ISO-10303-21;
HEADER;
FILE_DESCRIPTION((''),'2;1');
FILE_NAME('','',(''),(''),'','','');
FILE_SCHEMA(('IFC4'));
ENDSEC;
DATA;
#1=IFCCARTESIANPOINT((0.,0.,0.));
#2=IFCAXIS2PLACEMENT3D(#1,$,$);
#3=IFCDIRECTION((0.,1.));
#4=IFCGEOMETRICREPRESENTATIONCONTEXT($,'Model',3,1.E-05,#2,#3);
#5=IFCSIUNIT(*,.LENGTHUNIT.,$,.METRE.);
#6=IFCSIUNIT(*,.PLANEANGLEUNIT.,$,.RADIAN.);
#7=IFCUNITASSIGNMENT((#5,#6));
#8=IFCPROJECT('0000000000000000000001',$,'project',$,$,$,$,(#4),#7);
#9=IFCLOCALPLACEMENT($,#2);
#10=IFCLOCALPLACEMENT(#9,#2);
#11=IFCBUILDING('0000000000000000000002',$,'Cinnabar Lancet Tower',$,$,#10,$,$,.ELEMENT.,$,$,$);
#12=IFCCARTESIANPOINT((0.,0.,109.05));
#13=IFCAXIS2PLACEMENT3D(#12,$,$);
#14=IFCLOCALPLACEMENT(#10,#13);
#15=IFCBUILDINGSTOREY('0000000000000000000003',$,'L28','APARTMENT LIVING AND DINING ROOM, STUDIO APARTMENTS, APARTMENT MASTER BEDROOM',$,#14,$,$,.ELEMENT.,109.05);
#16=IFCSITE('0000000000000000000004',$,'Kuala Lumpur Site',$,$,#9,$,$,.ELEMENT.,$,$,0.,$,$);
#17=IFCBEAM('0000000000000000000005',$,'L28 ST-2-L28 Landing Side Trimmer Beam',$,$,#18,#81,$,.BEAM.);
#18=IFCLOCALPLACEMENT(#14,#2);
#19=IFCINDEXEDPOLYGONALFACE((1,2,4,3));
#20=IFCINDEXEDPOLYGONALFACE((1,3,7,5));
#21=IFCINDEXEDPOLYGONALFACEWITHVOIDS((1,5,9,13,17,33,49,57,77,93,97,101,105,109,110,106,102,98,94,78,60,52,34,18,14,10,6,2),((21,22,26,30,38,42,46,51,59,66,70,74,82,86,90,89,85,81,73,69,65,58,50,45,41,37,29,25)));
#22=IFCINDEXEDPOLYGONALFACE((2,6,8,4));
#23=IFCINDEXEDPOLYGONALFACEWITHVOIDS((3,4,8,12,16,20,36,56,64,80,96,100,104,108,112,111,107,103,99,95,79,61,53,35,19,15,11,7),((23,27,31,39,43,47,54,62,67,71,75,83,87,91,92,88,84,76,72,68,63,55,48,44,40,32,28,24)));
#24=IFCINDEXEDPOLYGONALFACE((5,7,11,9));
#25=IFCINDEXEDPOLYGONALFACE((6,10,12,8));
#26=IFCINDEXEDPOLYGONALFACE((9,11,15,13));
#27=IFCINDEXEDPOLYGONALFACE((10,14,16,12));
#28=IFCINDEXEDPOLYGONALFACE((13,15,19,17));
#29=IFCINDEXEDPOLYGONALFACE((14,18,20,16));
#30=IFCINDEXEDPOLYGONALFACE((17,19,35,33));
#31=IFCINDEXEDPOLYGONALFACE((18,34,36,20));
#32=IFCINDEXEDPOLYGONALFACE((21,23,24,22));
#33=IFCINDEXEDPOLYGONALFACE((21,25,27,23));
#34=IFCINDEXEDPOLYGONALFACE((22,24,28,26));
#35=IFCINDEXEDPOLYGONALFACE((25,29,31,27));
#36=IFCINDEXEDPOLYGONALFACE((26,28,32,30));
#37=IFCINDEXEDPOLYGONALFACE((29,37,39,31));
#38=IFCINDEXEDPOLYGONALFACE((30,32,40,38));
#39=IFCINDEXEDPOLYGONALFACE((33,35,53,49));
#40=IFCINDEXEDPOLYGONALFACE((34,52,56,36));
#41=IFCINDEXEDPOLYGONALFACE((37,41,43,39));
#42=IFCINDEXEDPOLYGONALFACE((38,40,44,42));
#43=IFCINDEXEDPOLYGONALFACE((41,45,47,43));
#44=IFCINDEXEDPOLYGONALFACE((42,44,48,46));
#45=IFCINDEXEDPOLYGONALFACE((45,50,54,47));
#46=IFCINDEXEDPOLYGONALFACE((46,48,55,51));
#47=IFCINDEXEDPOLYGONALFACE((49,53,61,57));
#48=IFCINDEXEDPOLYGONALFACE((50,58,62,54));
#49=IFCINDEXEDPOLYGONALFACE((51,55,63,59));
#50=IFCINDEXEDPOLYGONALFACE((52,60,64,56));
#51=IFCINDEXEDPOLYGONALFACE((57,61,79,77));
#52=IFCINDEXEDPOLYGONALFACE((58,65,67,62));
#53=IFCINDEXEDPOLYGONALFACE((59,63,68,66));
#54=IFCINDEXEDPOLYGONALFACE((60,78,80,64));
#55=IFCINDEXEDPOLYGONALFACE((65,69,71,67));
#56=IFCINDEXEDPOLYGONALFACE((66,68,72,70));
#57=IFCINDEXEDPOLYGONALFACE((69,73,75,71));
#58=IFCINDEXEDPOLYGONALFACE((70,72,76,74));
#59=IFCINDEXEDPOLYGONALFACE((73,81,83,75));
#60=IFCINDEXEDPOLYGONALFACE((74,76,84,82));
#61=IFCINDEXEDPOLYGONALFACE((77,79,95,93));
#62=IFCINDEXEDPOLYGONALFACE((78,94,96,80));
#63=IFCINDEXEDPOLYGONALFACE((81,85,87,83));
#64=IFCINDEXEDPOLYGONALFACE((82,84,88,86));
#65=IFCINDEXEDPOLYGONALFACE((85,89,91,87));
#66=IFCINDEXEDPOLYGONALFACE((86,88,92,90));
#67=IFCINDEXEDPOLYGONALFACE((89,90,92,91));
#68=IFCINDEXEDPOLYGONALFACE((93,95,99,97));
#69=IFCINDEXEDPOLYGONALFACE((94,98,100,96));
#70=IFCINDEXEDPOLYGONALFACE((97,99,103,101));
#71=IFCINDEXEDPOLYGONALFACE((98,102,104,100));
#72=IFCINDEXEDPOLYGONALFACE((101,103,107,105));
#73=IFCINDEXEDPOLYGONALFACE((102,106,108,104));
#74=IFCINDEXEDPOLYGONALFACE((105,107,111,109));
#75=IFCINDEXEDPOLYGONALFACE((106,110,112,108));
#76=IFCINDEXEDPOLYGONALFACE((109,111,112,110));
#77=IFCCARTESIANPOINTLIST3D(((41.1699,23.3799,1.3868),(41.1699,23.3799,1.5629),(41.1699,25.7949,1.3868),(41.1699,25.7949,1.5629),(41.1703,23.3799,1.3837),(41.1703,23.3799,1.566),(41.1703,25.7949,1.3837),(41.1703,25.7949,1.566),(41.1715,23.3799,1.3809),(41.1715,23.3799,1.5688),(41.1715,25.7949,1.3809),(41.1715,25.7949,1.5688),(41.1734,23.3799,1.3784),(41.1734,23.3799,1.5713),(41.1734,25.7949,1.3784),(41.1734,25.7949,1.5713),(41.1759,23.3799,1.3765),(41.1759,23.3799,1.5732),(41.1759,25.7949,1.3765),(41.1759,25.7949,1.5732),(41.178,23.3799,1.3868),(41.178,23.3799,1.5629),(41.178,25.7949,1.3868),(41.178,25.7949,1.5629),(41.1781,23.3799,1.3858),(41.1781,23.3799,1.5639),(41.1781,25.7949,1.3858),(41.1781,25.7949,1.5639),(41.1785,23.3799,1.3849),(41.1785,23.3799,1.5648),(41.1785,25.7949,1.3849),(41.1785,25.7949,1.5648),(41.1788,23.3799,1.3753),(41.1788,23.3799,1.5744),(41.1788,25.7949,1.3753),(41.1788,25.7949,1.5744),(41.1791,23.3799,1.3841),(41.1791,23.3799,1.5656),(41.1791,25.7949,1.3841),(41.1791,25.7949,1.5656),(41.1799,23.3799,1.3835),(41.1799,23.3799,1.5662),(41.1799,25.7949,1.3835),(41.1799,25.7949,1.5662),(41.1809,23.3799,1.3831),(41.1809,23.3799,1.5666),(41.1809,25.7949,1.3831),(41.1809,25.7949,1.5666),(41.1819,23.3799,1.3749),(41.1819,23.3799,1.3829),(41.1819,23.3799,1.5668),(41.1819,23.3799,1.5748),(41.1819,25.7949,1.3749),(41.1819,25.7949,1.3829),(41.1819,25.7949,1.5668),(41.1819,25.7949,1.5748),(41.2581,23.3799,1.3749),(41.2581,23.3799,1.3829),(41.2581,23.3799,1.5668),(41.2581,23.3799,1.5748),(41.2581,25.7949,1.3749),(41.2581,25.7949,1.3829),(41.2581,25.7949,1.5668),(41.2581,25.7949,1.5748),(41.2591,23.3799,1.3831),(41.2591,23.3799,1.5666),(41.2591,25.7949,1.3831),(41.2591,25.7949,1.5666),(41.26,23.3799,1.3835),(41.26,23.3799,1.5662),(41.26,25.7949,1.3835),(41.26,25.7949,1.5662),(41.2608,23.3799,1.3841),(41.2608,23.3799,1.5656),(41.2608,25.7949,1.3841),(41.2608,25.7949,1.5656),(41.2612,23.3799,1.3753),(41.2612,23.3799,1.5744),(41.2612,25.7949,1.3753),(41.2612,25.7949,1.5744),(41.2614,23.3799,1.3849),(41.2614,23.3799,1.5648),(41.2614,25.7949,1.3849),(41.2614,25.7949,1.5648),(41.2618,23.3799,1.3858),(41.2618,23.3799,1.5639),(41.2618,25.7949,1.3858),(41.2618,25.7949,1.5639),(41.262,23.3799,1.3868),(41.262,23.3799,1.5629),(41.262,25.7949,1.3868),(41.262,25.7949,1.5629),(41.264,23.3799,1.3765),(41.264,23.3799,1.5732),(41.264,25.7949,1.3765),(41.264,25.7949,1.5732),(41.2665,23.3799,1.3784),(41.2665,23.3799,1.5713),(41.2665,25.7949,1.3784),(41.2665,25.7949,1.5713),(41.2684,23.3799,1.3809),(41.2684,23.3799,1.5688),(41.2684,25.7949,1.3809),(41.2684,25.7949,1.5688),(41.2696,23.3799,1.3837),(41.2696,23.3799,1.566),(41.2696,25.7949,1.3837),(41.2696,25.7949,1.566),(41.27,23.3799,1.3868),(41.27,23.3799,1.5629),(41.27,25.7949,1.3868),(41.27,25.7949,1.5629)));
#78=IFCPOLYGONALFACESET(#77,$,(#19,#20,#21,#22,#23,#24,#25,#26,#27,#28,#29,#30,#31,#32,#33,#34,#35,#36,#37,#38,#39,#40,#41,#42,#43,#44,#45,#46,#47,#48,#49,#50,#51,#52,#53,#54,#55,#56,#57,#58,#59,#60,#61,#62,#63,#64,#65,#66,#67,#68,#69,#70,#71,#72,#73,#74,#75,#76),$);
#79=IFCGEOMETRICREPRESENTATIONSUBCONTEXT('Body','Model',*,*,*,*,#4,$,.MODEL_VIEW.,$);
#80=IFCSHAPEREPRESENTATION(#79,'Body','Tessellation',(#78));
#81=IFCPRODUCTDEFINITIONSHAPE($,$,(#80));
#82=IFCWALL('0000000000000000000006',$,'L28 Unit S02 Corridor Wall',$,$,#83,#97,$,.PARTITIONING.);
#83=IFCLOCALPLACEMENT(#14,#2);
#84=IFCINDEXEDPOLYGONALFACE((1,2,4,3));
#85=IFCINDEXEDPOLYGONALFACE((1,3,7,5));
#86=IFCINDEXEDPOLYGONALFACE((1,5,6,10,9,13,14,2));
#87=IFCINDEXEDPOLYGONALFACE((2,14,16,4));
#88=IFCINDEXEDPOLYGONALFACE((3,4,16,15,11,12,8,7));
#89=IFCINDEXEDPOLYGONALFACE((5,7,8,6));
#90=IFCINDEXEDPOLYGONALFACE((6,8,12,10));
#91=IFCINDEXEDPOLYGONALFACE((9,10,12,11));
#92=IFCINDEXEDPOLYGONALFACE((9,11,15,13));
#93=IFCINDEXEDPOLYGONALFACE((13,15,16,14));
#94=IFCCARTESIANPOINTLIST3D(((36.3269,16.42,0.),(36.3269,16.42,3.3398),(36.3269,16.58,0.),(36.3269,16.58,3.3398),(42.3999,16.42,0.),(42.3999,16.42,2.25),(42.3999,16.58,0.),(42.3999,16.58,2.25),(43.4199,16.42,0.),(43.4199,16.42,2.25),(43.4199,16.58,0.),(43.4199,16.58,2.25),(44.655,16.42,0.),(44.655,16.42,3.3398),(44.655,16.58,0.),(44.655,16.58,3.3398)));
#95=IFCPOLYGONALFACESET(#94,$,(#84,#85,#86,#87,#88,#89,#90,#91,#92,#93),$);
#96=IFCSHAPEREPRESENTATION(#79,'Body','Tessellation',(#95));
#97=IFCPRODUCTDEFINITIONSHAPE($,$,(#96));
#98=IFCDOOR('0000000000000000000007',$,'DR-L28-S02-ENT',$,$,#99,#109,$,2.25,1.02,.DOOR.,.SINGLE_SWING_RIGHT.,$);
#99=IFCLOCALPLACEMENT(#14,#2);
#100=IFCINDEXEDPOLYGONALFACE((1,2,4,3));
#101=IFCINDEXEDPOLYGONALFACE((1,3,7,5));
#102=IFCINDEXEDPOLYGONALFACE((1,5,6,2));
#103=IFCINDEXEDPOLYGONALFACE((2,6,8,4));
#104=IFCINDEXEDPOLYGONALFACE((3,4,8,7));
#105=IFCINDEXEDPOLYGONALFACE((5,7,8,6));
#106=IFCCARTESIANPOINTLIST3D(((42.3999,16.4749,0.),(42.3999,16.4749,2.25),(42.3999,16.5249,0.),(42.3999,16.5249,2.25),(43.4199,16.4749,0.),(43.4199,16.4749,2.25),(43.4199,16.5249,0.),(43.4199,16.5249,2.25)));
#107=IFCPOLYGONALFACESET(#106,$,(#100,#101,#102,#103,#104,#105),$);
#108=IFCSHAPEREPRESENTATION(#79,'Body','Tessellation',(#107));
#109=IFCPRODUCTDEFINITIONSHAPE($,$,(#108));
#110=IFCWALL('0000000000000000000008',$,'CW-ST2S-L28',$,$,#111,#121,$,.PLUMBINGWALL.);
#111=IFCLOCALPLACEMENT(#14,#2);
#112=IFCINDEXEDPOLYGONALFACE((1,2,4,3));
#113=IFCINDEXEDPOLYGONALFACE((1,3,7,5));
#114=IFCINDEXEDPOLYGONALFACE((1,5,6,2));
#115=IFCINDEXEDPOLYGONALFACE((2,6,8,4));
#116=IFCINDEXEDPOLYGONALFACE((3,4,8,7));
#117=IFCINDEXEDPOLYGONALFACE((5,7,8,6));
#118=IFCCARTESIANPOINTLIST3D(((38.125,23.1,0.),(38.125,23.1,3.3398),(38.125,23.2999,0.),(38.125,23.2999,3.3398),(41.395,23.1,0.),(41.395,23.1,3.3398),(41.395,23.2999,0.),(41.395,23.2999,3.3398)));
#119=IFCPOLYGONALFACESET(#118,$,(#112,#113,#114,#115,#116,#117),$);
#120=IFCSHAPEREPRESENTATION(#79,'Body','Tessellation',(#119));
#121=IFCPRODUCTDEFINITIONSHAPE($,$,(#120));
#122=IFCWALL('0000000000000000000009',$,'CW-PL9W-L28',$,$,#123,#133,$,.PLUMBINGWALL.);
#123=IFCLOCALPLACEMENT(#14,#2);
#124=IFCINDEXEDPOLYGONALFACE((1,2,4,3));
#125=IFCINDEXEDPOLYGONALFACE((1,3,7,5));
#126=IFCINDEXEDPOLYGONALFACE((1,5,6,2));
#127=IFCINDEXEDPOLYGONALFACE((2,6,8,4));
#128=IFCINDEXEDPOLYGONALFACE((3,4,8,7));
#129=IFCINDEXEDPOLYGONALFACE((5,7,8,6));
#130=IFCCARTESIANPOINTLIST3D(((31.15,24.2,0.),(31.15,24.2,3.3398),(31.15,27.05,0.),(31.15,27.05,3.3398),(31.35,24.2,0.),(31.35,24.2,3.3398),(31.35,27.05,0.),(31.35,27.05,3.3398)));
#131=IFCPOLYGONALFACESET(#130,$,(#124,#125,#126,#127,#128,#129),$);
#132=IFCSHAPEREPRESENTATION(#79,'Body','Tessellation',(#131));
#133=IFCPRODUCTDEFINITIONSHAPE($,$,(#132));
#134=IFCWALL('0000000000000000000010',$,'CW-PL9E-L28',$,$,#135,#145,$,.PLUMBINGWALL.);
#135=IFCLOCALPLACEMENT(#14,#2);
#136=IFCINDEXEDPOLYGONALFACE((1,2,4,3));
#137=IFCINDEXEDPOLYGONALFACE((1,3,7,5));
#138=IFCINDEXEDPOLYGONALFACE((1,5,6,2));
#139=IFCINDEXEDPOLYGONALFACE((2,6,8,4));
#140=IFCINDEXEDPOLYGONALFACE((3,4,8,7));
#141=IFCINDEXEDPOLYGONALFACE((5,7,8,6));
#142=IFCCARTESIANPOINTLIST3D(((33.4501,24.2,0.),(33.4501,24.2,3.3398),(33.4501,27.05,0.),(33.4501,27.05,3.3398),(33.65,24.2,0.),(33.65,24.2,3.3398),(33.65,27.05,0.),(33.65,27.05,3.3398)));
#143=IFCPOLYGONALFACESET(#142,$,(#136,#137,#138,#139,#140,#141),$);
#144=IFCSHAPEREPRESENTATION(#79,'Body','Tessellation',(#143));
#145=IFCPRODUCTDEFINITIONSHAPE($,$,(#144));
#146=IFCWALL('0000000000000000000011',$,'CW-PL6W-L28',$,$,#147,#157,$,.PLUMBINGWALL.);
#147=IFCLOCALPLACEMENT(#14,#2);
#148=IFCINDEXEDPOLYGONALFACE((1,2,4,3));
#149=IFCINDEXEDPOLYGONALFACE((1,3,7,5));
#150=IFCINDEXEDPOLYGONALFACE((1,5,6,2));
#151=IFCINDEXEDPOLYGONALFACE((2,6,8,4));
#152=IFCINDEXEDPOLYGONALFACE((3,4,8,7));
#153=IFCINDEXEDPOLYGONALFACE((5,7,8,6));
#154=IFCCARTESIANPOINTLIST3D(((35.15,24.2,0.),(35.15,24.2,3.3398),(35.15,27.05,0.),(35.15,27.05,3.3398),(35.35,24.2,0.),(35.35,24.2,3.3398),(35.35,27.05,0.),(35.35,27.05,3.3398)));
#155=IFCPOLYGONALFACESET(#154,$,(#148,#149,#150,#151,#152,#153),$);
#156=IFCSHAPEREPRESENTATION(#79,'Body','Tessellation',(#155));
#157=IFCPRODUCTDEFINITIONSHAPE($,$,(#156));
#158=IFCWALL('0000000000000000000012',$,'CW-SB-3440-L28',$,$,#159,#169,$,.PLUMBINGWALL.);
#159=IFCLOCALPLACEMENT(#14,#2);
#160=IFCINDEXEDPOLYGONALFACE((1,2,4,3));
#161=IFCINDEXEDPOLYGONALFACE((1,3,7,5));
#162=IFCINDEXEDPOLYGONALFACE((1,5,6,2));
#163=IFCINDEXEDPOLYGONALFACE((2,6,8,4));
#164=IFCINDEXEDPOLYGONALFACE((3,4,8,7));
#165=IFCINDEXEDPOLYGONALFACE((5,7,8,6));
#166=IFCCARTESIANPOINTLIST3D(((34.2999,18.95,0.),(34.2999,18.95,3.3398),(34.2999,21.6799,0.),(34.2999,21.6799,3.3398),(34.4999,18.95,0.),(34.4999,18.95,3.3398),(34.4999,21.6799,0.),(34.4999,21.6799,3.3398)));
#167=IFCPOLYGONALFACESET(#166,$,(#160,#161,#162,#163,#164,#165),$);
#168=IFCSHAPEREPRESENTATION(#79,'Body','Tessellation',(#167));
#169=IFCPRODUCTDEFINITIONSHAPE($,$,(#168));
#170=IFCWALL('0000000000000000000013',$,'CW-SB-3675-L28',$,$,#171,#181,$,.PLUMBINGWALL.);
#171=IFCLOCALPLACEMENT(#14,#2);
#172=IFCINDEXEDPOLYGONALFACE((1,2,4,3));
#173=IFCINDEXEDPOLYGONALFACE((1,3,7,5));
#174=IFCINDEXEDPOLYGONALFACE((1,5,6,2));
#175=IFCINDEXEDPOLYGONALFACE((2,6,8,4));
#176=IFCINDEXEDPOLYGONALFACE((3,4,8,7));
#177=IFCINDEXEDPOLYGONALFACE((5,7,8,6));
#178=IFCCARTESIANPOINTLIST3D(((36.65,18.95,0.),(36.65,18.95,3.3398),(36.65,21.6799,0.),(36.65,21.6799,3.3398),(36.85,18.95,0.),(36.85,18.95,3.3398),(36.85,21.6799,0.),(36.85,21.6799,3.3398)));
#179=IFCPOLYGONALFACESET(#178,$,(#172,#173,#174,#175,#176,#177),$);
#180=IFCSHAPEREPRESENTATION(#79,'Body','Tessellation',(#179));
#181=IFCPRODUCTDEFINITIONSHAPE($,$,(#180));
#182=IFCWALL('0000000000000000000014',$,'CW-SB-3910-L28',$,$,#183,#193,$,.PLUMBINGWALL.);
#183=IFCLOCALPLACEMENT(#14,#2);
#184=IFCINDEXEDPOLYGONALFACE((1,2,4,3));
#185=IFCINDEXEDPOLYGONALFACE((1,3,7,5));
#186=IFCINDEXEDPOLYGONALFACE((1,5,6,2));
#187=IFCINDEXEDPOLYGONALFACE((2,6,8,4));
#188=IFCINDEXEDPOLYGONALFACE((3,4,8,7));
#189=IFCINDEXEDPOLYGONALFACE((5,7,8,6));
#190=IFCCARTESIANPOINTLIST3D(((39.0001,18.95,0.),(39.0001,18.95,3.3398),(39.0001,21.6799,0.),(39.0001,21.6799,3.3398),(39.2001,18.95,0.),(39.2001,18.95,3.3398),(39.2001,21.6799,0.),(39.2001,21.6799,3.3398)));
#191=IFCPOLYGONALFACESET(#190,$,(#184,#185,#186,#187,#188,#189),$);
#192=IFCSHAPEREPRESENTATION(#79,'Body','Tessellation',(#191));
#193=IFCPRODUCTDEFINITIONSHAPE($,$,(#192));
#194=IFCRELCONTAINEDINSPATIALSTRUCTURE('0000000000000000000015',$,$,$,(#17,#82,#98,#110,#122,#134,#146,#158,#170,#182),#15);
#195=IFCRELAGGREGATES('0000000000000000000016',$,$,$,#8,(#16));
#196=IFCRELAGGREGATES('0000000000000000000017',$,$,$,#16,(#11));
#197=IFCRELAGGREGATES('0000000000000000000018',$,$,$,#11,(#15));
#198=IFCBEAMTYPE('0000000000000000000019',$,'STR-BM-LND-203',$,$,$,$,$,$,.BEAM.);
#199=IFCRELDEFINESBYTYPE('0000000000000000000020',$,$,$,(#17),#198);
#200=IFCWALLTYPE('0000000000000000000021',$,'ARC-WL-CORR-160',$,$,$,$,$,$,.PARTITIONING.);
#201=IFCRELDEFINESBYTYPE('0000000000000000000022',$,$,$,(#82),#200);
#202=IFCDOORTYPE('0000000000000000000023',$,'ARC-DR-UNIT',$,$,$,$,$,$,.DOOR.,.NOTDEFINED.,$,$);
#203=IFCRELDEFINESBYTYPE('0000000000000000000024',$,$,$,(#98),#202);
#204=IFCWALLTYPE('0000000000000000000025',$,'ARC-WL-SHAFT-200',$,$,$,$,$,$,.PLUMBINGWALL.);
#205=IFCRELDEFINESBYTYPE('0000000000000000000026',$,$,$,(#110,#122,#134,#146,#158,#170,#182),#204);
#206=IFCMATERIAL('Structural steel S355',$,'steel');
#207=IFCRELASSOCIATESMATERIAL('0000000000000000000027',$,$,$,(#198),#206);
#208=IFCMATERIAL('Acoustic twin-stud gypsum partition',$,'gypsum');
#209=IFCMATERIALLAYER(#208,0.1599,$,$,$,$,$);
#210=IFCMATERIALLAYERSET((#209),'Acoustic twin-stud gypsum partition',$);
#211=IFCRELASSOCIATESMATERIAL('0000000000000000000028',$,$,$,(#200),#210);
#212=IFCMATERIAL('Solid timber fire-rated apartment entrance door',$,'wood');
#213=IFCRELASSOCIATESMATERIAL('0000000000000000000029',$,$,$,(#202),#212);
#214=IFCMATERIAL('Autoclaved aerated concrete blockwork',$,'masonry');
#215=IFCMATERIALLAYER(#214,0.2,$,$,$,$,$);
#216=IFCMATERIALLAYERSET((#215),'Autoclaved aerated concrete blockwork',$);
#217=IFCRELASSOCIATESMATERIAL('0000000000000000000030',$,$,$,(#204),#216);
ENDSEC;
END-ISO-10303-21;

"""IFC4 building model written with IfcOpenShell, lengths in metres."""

from ifc_helpers import new_model, si_unit, direction, frame, frame_2d, origin, origin_2d, place, context, subcontext, project, spatial, rectangle, hollow_rectangle, extrude, material, layer, layer_set, material_profile, profile_set, type_object, element, fill, save


model = new_model("IFC4")

# Units and contexts
model_context = context("Model", 3, precision=1e-05, world=origin(), true_north=direction((0.0, 1.0)))
body_context = subcontext(model_context, "Body", "Model", "MODEL_VIEW")
ifc_project = project(units=[si_unit("LENGTHUNIT", "METRE"), si_unit("PLANEANGLEUNIT", "RADIAN")], contexts=[model_context])

# Site, building, storey
site_placement = place(None, origin())
site = spatial("IfcSite", under=ifc_project, at=site_placement, Name="Kuala Lumpur Site", CompositionType="ELEMENT", RefElevation=0.0)
building_placement = place(site_placement, origin())
building = spatial("IfcBuilding", under=site, at=building_placement, Name="Cinnabar Lancet Tower", CompositionType="ELEMENT")
storey_placement = place(building_placement, frame((0.0, 0.0, 109.05)))
storey = spatial("IfcBuildingStorey", under=building, at=storey_placement, Name="L28", Description="APARTMENT LIVING AND DINING ROOM, STUDIO APARTMENTS, APARTMENT MASTER BEDROOM", CompositionType="ELEMENT", Elevation=109.05)

# Beam
ifc_material_1 = material(Name="Structural steel S355", Category="steel")
ifc_material_profile_1 = material_profile(ifc_material_1, hollow_rectangle(XDim=0.1001, YDim=0.2, WallThickness=0.0081, InnerFilletRadius=0.0039, OuterFilletRadius=0.012, at=origin_2d()), Name="RHS 200x100x8")
ifc_profile_set_1 = profile_set([ifc_material_profile_1], Name="Structural steel S355")
beam_type_1 = type_object("IfcBeamType", Name="STR-BM-LND-203", PredefinedType="BEAM", material=ifc_profile_set_1)
beam_1_placement = place(storey_placement, frame((41.22, 23.3799, 1.4749), z_axis=(0.0, 1.0, 0.0), x_axis=(-1.0, 0.0, 0.0)))
element("IfcBeam", 1, at=beam_1_placement, inside=storey, type_object=beam_type_1, Name="L28 ST-2-L28 Landing Side Trimmer Beam", PredefinedType="BEAM", context=body_context, shape_type="SweptSolid", body=[
    extrude(hollow_rectangle(XDim=0.1001, YDim=0.2, WallThickness=0.0081, InnerFilletRadius=0.0039, OuterFilletRadius=0.012, at=origin_2d()), origin(), (0.0, 0.0, 1.0), 2.415),
])

# Wall, opening, door
ifc_material_2 = material(Name="Acoustic twin-stud gypsum partition", Category="gypsum")
ifc_layer_1 = layer(ifc_material_2, 0.1599)
ifc_layer_set_1 = layer_set([ifc_layer_1], Name="Acoustic twin-stud gypsum partition")
wall_type_1 = type_object("IfcWallType", Name="ARC-WL-CORR-160", PredefinedType="PARTITIONING", material=ifc_layer_set_1)
wall_1_placement = place(storey_placement, frame((36.3269, 16.5, 0.0), z_axis=(0.0, 0.0, 1.0), x_axis=(1.0, 0.0, 0.0)))
wall_1 = element("IfcWall", 2, at=wall_1_placement, inside=storey, type_object=wall_type_1, Name="L28 Unit S02 Corridor Wall", PredefinedType="PARTITIONING", context=body_context, shape_type="SweptSolid", body=[
    extrude(rectangle(XDim=8.3281, YDim=0.1599, at=frame_2d((4.1641, 0.0))), origin(), (0.0, 0.0, 1.0), 3.3398),
])
opening_1_placement = place(wall_1_placement, frame((6.073, 0.0, 0.0)))
opening_1 = element("IfcOpeningElement", 3, at=opening_1_placement, cuts=wall_1, PredefinedType="OPENING", context=body_context, shape_type="SweptSolid", body=[
    extrude(rectangle(XDim=1.02, YDim=2.25, at=frame_2d((0.51, 1.125))), frame((0.0, 0.0898, 0.0), z_axis=(0.0, -1.0, 0.0), x_axis=(1.0, 0.0, 0.0)), (0.0, 0.0, 1.0), 0.1799),
])
ifc_material_3 = material(Name="Solid timber fire-rated apartment entrance door", Category="wood")
door_type_1 = type_object("IfcDoorType", Name="ARC-DR-UNIT", OperationType="NOTDEFINED", PredefinedType="DOOR", material=ifc_material_3)
door_1_placement = place(opening_1_placement, origin())
door_1 = element("IfcDoor", 4, at=door_1_placement, inside=storey, type_object=door_type_1, Name="DR-L28-S02-ENT", OperationType="SINGLE_SWING_RIGHT", OverallHeight=2.25, OverallWidth=1.02, PredefinedType="DOOR", context=body_context, shape_type="SweptSolid", body=[
    extrude(rectangle(XDim=1.02, YDim=2.25, at=frame_2d((0.51, 1.125))), frame((0.0, 0.0249, 0.0), z_axis=(0.0, -1.0, 0.0), x_axis=(1.0, 0.0, 0.0)), (0.0, 0.0, 1.0), 0.05),
])
fill(opening_1, door_1)

# Walls
ifc_material_4 = material(Name="Autoclaved aerated concrete blockwork", Category="masonry")
ifc_layer_2 = layer(ifc_material_4, 0.2)
ifc_layer_set_2 = layer_set([ifc_layer_2], Name="Autoclaved aerated concrete blockwork")
wall_type_2 = type_object("IfcWallType", Name="ARC-WL-SHAFT-200", PredefinedType="PLUMBINGWALL", material=ifc_layer_set_2)
wall_2_placement = place(storey_placement, frame((38.125, 23.2, 0.0), z_axis=(0.0, 0.0, 1.0), x_axis=(1.0, 0.0, 0.0)))
element("IfcWall", 5, at=wall_2_placement, inside=storey, type_object=wall_type_2, Name="CW-ST2S-L28", PredefinedType="PLUMBINGWALL", context=body_context, shape_type="SweptSolid", body=[
    extrude(rectangle(XDim=3.27, YDim=0.2, at=frame_2d((1.635, 0.0))), origin(), (0.0, 0.0, 1.0), 3.3398),
])
for number, where, z_axis, x_axis, name in (
    (6, (31.25, 24.2, 0.0), (0.0, 0.0, 1.0), (0.0, 1.0, 0.0), "CW-PL9W-L28"),
    (7, (33.55, 24.2, 0.0), (0.0, 0.0, 1.0), (0.0, 1.0, 0.0), "CW-PL9E-L28"),
    (8, (35.25, 24.2, 0.0), (0.0, 0.0, 1.0), (0.0, 1.0, 0.0), "CW-PL6W-L28"),
):
    element("IfcWall", number, at=place(storey_placement, frame(where, z_axis=z_axis, x_axis=x_axis)), inside=storey, type_object=wall_type_2, Name=name, PredefinedType="PLUMBINGWALL", context=body_context, shape_type="SweptSolid", body=[
        extrude(rectangle(XDim=2.8501, YDim=0.2, at=frame_2d((1.425, 0.0))), origin(), (0.0, 0.0, 1.0), 3.3398),
    ])
for number, where, z_axis, x_axis, name in (
    (9, (34.3999, 18.95, 0.0), (0.0, 0.0, 1.0), (0.0, 1.0, 0.0), "CW-SB-3440-L28"),
    (10, (36.75, 18.95, 0.0), (0.0, 0.0, 1.0), (0.0, 1.0, 0.0), "CW-SB-3675-L28"),
    (11, (39.1001, 18.95, 0.0), (0.0, 0.0, 1.0), (0.0, 1.0, 0.0), "CW-SB-3910-L28"),
):
    element("IfcWall", number, at=place(storey_placement, frame(where, z_axis=z_axis, x_axis=x_axis)), inside=storey, type_object=wall_type_2, Name=name, PredefinedType="PLUMBINGWALL", context=body_context, shape_type="SweptSolid", body=[
        extrude(rectangle(XDim=2.73, YDim=0.2, at=frame_2d((1.365, 0.0))), origin(), (0.0, 0.0, 1.0), 3.3398),
    ])

save(model, "model.ifc")
